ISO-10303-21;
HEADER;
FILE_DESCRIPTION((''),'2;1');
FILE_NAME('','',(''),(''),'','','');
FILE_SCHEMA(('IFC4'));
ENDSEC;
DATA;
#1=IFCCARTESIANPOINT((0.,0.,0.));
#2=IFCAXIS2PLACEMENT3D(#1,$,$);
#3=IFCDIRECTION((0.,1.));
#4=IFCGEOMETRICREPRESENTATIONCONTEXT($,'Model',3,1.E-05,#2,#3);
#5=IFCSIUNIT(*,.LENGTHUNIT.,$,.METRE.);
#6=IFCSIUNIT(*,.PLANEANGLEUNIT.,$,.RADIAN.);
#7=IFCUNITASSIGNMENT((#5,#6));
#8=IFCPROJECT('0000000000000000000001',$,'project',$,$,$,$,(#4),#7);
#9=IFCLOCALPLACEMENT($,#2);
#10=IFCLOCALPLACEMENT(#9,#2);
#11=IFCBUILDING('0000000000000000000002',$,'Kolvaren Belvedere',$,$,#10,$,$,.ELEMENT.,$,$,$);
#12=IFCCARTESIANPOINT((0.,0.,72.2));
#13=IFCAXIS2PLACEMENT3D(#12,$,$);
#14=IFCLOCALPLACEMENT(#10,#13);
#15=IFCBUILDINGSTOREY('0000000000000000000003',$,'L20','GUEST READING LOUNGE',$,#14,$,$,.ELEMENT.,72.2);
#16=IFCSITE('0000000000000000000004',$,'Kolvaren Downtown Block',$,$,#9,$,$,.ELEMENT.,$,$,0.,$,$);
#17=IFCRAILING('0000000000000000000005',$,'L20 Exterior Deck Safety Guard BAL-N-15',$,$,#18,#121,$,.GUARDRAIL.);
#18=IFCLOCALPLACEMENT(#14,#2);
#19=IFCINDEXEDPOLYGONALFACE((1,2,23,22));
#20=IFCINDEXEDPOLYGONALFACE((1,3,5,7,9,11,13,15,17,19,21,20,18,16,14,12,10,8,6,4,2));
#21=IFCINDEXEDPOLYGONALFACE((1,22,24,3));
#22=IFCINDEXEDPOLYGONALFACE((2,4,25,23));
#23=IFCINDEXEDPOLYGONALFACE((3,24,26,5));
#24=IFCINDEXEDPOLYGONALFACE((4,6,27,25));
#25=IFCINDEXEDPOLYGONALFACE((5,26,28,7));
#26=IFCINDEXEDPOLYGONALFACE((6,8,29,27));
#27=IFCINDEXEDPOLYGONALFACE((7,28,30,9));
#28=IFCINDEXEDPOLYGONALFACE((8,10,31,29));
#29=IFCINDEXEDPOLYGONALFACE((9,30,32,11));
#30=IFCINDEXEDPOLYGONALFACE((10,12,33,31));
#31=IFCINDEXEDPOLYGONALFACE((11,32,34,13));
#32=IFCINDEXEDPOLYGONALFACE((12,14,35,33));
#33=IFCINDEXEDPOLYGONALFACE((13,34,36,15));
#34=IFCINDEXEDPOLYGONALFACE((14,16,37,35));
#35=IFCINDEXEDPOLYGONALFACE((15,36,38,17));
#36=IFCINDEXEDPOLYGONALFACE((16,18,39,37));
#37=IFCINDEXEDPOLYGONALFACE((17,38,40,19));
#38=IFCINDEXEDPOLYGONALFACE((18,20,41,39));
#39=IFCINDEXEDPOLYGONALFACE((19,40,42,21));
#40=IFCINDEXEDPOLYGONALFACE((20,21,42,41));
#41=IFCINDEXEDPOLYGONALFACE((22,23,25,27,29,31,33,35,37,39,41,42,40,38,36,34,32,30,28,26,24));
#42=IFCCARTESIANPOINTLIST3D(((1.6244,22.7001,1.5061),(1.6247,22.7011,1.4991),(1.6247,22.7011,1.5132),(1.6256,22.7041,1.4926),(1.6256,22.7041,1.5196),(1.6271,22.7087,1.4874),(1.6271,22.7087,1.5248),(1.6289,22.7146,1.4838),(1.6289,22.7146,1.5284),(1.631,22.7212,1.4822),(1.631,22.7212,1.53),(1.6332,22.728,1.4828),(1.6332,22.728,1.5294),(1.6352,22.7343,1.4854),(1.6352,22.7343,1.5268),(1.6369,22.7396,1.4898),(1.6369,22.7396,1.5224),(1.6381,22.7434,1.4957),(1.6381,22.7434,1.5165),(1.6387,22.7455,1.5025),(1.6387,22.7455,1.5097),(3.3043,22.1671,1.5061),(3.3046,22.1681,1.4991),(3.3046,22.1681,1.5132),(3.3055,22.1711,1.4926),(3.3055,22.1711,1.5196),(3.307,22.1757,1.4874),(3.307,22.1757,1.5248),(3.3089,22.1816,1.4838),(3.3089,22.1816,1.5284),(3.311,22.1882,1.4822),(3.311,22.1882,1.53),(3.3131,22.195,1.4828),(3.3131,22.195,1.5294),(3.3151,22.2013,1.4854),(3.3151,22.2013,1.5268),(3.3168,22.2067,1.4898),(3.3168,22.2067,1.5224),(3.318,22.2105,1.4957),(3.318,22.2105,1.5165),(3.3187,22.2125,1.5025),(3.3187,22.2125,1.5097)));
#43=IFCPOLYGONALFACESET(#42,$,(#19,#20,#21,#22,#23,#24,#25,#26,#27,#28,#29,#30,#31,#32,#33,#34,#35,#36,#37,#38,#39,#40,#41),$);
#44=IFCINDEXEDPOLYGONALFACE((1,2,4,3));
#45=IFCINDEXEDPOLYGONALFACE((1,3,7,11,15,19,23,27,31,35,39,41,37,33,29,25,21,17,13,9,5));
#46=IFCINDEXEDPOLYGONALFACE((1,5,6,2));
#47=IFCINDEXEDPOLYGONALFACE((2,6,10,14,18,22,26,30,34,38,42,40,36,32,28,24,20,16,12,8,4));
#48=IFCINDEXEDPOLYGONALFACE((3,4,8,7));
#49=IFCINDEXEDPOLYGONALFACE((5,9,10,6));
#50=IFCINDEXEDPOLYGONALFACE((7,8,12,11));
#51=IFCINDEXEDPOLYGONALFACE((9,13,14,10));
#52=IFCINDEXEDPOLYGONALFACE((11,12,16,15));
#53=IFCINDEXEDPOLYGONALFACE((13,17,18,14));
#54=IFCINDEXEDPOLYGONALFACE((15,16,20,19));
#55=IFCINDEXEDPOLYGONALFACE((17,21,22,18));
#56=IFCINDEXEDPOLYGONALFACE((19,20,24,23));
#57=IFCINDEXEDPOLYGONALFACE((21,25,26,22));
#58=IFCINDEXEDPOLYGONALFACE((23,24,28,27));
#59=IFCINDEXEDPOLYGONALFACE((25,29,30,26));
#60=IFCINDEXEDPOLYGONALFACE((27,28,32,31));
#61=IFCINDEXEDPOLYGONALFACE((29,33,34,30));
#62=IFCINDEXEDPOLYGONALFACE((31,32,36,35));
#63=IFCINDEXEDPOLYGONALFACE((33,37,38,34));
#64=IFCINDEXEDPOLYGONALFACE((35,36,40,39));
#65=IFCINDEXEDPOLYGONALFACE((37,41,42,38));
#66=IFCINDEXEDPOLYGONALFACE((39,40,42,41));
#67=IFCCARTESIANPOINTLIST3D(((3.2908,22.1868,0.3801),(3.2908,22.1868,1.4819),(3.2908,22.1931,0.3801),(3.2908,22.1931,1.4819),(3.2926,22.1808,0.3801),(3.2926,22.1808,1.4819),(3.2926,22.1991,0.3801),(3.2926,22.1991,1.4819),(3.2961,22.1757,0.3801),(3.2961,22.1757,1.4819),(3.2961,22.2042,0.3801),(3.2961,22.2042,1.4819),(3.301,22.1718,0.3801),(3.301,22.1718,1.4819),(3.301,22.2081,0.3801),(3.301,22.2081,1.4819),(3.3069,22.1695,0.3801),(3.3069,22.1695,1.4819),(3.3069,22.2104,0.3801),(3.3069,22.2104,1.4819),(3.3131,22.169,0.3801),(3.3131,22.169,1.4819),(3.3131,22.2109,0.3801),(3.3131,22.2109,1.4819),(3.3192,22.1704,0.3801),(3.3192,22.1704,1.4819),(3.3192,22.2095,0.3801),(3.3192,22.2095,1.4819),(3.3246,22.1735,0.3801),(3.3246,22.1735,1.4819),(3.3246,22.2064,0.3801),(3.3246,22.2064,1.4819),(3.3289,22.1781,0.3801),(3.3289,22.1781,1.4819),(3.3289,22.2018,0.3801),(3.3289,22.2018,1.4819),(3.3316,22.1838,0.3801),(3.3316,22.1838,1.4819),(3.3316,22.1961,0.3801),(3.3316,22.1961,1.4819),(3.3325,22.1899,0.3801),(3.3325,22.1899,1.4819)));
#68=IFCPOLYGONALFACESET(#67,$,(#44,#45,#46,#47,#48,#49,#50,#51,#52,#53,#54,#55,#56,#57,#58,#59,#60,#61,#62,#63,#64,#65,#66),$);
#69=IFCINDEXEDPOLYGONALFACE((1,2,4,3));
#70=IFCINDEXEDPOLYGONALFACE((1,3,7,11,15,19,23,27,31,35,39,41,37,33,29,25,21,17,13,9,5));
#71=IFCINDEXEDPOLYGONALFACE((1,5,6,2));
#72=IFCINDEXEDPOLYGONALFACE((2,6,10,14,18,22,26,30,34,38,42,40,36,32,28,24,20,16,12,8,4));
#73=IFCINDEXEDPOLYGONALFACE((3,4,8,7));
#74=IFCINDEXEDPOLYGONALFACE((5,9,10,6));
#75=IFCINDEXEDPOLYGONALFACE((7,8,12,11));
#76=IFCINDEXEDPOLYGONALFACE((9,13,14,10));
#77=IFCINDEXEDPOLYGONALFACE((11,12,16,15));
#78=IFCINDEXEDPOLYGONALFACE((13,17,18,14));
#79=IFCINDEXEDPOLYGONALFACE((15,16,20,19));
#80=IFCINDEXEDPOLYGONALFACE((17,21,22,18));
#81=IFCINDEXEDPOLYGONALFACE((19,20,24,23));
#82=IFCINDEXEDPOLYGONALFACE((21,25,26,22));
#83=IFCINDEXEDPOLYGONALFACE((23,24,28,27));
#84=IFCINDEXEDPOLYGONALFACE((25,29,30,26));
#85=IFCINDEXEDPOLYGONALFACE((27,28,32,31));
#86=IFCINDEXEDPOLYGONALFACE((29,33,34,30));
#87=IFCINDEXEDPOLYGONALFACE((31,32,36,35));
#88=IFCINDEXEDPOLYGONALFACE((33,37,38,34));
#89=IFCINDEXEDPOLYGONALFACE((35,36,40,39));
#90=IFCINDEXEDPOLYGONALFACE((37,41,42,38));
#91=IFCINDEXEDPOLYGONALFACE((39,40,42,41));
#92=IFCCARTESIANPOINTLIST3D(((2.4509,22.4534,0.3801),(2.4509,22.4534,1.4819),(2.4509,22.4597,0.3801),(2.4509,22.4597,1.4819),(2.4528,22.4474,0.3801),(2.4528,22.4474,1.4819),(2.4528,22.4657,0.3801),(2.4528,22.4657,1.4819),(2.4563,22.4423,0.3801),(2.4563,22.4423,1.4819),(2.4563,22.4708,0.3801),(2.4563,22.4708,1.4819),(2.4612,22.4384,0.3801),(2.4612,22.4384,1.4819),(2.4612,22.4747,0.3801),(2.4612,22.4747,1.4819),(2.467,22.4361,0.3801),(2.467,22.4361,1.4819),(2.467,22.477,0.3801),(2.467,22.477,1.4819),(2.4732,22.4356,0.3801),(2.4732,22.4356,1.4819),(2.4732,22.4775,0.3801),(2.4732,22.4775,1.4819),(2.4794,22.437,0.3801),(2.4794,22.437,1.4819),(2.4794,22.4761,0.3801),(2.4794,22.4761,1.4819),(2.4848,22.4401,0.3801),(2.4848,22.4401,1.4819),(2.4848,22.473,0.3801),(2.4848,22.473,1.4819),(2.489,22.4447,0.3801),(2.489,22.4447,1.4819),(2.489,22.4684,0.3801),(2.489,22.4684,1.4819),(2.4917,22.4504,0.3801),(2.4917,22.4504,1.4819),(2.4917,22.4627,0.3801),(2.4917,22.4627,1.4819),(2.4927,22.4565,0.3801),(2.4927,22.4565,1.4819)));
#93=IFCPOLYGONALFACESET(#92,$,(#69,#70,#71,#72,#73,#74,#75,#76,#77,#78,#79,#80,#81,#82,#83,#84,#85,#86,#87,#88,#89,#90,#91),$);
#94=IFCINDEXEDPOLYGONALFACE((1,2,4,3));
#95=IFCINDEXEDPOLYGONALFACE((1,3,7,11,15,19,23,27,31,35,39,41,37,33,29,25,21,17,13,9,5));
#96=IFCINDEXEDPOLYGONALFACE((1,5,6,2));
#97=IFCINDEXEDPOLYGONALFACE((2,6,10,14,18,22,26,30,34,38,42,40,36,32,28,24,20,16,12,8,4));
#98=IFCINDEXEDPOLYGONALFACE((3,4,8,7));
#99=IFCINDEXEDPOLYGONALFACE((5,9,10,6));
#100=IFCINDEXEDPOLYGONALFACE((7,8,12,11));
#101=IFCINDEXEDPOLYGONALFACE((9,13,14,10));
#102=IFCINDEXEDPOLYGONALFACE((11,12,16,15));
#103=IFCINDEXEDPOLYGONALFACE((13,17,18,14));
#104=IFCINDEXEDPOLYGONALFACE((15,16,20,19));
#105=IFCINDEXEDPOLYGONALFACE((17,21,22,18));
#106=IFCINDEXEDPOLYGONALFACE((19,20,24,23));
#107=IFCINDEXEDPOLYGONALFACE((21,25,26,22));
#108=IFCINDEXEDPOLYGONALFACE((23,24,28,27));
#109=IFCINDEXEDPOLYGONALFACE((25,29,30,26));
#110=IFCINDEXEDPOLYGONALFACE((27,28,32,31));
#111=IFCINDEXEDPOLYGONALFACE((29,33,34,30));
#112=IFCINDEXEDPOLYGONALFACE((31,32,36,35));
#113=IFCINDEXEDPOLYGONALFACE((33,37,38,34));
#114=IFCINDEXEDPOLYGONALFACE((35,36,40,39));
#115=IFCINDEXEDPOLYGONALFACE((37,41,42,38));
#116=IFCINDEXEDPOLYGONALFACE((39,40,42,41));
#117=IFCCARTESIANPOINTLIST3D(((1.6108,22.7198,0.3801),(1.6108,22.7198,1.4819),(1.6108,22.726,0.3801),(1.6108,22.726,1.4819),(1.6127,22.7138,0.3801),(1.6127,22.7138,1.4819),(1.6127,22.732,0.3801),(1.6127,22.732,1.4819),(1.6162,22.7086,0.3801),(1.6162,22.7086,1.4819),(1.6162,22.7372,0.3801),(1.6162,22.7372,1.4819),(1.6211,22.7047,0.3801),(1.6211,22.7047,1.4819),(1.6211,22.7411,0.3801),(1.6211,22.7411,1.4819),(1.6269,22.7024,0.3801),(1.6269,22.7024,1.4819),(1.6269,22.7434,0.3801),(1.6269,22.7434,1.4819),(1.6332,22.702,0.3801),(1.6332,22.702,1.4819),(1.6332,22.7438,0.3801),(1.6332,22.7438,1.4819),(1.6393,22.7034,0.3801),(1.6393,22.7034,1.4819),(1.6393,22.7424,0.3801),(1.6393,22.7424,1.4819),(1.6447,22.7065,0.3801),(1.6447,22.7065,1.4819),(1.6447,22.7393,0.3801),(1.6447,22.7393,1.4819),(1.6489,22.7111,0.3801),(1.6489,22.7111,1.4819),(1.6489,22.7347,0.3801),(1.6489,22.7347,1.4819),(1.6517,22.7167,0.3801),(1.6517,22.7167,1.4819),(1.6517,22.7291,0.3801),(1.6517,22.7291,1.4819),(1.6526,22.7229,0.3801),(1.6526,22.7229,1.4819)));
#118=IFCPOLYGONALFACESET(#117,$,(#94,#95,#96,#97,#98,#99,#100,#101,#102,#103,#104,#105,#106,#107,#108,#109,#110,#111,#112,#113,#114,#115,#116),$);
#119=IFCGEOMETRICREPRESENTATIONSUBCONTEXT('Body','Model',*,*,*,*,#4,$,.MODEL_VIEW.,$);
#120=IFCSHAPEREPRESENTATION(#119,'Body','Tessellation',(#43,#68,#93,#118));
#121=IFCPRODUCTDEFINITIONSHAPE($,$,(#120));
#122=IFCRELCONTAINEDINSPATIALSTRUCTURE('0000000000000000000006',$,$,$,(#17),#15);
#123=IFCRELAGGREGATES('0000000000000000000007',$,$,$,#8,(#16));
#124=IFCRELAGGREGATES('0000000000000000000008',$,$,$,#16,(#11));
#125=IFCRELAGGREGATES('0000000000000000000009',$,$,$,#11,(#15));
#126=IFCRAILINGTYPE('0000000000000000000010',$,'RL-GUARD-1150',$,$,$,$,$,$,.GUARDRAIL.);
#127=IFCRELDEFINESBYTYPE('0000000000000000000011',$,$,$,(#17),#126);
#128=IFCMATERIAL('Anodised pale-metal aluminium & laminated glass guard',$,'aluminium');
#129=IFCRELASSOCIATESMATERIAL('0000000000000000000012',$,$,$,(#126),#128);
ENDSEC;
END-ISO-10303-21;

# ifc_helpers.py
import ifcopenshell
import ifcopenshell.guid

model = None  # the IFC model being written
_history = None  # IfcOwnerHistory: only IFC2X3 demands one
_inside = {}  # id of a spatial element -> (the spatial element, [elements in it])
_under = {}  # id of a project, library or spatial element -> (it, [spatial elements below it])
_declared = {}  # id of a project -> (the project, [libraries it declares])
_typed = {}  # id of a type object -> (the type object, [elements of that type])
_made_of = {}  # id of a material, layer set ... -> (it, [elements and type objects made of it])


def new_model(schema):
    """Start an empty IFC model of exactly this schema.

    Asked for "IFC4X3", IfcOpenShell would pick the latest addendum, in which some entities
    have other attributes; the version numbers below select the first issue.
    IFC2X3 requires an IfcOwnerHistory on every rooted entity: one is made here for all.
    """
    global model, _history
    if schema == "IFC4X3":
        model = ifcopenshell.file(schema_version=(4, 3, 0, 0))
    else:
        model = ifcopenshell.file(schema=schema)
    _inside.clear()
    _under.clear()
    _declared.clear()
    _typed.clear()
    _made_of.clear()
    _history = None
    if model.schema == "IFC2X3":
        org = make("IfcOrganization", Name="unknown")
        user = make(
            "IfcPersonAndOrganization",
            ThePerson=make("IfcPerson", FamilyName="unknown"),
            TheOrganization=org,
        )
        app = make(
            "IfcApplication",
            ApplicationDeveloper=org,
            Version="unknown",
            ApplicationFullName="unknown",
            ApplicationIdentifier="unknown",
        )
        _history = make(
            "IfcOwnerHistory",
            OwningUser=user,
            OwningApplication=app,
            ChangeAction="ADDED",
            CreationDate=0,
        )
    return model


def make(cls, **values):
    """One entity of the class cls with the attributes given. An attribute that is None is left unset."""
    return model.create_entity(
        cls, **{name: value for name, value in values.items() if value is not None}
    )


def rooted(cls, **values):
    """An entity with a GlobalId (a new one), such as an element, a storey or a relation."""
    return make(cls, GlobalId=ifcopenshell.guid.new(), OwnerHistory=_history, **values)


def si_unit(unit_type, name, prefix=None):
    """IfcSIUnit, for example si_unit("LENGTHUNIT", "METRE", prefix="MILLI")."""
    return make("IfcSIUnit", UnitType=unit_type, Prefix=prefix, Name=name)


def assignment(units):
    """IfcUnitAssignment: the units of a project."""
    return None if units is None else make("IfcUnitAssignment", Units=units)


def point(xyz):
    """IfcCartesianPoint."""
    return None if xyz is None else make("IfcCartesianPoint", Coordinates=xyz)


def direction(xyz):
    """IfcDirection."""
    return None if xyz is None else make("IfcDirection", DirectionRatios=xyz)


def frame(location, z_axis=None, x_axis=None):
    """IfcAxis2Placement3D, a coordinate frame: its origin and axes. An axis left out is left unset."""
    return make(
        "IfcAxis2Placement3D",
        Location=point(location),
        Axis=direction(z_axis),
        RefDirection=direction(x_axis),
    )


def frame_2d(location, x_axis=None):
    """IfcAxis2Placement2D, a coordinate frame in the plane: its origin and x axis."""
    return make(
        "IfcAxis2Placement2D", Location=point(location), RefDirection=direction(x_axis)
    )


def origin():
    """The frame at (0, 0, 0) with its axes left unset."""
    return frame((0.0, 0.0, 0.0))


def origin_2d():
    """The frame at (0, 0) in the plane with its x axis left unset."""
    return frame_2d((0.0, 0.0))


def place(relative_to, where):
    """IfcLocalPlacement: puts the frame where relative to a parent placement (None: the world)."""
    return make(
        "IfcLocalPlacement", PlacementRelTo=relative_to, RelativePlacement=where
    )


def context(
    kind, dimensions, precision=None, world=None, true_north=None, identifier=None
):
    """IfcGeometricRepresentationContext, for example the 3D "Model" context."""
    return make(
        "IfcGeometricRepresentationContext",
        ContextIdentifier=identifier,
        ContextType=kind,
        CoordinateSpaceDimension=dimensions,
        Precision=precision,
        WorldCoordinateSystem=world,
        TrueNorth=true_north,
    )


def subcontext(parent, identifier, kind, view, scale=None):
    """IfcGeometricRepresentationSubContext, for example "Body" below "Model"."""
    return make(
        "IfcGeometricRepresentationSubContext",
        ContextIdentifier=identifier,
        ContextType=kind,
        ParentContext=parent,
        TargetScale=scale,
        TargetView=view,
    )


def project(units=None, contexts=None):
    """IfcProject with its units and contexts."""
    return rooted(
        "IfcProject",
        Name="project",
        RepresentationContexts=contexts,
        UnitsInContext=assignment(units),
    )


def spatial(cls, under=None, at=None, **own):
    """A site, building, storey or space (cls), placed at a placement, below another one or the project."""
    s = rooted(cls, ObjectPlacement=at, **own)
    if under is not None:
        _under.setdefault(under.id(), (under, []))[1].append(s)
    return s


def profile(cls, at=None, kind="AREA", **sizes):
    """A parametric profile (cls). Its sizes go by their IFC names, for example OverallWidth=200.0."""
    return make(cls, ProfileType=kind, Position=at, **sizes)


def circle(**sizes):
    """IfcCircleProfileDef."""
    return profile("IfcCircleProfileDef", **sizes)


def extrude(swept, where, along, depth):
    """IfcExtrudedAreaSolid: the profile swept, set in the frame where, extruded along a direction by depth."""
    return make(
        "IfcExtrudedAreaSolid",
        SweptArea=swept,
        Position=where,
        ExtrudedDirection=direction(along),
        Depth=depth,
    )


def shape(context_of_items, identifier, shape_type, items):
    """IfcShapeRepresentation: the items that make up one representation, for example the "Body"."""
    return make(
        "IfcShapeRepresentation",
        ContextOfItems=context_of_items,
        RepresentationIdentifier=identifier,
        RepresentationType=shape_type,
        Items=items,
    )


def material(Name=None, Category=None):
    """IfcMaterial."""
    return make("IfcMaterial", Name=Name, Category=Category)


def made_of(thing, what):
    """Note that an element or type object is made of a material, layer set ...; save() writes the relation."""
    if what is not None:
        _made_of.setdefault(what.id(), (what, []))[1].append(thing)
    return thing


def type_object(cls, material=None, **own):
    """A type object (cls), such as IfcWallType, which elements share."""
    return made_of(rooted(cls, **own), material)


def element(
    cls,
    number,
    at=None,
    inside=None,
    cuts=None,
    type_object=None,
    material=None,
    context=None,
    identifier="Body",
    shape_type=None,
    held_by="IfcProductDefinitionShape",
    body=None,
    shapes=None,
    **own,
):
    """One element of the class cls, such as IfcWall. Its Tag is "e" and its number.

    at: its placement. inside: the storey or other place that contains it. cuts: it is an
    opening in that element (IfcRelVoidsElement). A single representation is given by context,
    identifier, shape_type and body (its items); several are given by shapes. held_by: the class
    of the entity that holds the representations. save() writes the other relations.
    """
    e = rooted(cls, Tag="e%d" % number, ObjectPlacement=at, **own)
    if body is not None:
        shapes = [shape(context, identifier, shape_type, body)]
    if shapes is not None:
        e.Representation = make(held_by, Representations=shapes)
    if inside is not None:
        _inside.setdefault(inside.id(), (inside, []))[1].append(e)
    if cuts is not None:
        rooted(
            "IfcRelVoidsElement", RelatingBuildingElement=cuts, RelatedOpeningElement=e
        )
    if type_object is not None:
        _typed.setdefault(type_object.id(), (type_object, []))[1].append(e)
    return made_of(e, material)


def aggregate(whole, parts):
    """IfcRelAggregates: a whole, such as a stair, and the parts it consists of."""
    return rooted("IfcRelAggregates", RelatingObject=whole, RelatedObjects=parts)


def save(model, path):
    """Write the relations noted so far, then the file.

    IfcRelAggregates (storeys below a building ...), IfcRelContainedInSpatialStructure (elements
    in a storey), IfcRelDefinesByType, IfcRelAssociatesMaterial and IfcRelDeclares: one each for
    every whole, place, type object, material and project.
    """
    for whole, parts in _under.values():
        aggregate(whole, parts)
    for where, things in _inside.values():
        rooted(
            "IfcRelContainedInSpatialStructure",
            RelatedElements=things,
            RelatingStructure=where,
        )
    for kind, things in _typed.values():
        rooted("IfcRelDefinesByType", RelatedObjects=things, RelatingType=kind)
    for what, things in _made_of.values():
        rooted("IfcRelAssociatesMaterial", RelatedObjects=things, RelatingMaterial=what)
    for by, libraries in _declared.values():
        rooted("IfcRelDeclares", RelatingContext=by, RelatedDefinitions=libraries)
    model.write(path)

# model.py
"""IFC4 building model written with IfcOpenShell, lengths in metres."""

from ifc_helpers import new_model, si_unit, direction, frame, origin, origin_2d, place, context, subcontext, project, spatial, circle, extrude, material, type_object, element, save


model = new_model("IFC4")

# Units and contexts
model_context = context("Model", 3, precision=1e-05, world=origin(), true_north=direction((0.0, 1.0)))
body_context = subcontext(model_context, "Body", "Model", "MODEL_VIEW")
ifc_project = project(units=[si_unit("LENGTHUNIT", "METRE"), si_unit("PLANEANGLEUNIT", "RADIAN")], contexts=[model_context])

# Site, building, storey
site_placement = place(None, origin())
site = spatial("IfcSite", under=ifc_project, at=site_placement, Name="Kolvaren Downtown Block", CompositionType="ELEMENT", RefElevation=0.0)
building_placement = place(site_placement, origin())
building = spatial("IfcBuilding", under=site, at=building_placement, Name="Kolvaren Belvedere", CompositionType="ELEMENT")
storey_placement = place(building_placement, frame((0.0, 0.0, 72.2)))
storey = spatial("IfcBuildingStorey", under=building, at=storey_placement, Name="L20", Description="GUEST READING LOUNGE", CompositionType="ELEMENT", Elevation=72.2)

# Railing
ifc_material_1 = material(Name="Anodised pale-metal aluminium & laminated glass guard", Category="aluminium")
railing_type = type_object("IfcRailingType", Name="RL-GUARD-1150", PredefinedType="GUARDRAIL", material=ifc_material_1)
railing_1_placement = place(storey_placement, frame((3.3115, 22.1899, 0.3801)))
element("IfcRailing", 1, at=railing_1_placement, inside=storey, type_object=railing_type, Name="L20 Exterior Deck Safety Guard BAL-N-15", PredefinedType="GUARDRAIL", context=body_context, shape_type="SweptSolid", body=[
    extrude(circle(Radius=0.0239, at=origin_2d()), frame((0.0, 0.0, 1.126), z_axis=(-0.953182, 0.302397, 0.0), x_axis=(-0.302397, -0.953182, 0.0)), (0.0, 0.0, 1.0), 1.7625),
    extrude(circle(Radius=0.021, at=origin_2d()), origin(), (0.0, 0.0, 1.0), 1.1018),
    extrude(circle(Radius=0.021, at=origin_2d()), frame((-0.8398, 0.2666, 0.0)), (0.0, 0.0, 1.0), 1.1018),
    extrude(circle(Radius=0.021, at=origin_2d()), frame((-1.6799, 0.533, 0.0)), (0.0, 0.0, 1.0), 1.1018),
])

save(model, "model.ifc")
